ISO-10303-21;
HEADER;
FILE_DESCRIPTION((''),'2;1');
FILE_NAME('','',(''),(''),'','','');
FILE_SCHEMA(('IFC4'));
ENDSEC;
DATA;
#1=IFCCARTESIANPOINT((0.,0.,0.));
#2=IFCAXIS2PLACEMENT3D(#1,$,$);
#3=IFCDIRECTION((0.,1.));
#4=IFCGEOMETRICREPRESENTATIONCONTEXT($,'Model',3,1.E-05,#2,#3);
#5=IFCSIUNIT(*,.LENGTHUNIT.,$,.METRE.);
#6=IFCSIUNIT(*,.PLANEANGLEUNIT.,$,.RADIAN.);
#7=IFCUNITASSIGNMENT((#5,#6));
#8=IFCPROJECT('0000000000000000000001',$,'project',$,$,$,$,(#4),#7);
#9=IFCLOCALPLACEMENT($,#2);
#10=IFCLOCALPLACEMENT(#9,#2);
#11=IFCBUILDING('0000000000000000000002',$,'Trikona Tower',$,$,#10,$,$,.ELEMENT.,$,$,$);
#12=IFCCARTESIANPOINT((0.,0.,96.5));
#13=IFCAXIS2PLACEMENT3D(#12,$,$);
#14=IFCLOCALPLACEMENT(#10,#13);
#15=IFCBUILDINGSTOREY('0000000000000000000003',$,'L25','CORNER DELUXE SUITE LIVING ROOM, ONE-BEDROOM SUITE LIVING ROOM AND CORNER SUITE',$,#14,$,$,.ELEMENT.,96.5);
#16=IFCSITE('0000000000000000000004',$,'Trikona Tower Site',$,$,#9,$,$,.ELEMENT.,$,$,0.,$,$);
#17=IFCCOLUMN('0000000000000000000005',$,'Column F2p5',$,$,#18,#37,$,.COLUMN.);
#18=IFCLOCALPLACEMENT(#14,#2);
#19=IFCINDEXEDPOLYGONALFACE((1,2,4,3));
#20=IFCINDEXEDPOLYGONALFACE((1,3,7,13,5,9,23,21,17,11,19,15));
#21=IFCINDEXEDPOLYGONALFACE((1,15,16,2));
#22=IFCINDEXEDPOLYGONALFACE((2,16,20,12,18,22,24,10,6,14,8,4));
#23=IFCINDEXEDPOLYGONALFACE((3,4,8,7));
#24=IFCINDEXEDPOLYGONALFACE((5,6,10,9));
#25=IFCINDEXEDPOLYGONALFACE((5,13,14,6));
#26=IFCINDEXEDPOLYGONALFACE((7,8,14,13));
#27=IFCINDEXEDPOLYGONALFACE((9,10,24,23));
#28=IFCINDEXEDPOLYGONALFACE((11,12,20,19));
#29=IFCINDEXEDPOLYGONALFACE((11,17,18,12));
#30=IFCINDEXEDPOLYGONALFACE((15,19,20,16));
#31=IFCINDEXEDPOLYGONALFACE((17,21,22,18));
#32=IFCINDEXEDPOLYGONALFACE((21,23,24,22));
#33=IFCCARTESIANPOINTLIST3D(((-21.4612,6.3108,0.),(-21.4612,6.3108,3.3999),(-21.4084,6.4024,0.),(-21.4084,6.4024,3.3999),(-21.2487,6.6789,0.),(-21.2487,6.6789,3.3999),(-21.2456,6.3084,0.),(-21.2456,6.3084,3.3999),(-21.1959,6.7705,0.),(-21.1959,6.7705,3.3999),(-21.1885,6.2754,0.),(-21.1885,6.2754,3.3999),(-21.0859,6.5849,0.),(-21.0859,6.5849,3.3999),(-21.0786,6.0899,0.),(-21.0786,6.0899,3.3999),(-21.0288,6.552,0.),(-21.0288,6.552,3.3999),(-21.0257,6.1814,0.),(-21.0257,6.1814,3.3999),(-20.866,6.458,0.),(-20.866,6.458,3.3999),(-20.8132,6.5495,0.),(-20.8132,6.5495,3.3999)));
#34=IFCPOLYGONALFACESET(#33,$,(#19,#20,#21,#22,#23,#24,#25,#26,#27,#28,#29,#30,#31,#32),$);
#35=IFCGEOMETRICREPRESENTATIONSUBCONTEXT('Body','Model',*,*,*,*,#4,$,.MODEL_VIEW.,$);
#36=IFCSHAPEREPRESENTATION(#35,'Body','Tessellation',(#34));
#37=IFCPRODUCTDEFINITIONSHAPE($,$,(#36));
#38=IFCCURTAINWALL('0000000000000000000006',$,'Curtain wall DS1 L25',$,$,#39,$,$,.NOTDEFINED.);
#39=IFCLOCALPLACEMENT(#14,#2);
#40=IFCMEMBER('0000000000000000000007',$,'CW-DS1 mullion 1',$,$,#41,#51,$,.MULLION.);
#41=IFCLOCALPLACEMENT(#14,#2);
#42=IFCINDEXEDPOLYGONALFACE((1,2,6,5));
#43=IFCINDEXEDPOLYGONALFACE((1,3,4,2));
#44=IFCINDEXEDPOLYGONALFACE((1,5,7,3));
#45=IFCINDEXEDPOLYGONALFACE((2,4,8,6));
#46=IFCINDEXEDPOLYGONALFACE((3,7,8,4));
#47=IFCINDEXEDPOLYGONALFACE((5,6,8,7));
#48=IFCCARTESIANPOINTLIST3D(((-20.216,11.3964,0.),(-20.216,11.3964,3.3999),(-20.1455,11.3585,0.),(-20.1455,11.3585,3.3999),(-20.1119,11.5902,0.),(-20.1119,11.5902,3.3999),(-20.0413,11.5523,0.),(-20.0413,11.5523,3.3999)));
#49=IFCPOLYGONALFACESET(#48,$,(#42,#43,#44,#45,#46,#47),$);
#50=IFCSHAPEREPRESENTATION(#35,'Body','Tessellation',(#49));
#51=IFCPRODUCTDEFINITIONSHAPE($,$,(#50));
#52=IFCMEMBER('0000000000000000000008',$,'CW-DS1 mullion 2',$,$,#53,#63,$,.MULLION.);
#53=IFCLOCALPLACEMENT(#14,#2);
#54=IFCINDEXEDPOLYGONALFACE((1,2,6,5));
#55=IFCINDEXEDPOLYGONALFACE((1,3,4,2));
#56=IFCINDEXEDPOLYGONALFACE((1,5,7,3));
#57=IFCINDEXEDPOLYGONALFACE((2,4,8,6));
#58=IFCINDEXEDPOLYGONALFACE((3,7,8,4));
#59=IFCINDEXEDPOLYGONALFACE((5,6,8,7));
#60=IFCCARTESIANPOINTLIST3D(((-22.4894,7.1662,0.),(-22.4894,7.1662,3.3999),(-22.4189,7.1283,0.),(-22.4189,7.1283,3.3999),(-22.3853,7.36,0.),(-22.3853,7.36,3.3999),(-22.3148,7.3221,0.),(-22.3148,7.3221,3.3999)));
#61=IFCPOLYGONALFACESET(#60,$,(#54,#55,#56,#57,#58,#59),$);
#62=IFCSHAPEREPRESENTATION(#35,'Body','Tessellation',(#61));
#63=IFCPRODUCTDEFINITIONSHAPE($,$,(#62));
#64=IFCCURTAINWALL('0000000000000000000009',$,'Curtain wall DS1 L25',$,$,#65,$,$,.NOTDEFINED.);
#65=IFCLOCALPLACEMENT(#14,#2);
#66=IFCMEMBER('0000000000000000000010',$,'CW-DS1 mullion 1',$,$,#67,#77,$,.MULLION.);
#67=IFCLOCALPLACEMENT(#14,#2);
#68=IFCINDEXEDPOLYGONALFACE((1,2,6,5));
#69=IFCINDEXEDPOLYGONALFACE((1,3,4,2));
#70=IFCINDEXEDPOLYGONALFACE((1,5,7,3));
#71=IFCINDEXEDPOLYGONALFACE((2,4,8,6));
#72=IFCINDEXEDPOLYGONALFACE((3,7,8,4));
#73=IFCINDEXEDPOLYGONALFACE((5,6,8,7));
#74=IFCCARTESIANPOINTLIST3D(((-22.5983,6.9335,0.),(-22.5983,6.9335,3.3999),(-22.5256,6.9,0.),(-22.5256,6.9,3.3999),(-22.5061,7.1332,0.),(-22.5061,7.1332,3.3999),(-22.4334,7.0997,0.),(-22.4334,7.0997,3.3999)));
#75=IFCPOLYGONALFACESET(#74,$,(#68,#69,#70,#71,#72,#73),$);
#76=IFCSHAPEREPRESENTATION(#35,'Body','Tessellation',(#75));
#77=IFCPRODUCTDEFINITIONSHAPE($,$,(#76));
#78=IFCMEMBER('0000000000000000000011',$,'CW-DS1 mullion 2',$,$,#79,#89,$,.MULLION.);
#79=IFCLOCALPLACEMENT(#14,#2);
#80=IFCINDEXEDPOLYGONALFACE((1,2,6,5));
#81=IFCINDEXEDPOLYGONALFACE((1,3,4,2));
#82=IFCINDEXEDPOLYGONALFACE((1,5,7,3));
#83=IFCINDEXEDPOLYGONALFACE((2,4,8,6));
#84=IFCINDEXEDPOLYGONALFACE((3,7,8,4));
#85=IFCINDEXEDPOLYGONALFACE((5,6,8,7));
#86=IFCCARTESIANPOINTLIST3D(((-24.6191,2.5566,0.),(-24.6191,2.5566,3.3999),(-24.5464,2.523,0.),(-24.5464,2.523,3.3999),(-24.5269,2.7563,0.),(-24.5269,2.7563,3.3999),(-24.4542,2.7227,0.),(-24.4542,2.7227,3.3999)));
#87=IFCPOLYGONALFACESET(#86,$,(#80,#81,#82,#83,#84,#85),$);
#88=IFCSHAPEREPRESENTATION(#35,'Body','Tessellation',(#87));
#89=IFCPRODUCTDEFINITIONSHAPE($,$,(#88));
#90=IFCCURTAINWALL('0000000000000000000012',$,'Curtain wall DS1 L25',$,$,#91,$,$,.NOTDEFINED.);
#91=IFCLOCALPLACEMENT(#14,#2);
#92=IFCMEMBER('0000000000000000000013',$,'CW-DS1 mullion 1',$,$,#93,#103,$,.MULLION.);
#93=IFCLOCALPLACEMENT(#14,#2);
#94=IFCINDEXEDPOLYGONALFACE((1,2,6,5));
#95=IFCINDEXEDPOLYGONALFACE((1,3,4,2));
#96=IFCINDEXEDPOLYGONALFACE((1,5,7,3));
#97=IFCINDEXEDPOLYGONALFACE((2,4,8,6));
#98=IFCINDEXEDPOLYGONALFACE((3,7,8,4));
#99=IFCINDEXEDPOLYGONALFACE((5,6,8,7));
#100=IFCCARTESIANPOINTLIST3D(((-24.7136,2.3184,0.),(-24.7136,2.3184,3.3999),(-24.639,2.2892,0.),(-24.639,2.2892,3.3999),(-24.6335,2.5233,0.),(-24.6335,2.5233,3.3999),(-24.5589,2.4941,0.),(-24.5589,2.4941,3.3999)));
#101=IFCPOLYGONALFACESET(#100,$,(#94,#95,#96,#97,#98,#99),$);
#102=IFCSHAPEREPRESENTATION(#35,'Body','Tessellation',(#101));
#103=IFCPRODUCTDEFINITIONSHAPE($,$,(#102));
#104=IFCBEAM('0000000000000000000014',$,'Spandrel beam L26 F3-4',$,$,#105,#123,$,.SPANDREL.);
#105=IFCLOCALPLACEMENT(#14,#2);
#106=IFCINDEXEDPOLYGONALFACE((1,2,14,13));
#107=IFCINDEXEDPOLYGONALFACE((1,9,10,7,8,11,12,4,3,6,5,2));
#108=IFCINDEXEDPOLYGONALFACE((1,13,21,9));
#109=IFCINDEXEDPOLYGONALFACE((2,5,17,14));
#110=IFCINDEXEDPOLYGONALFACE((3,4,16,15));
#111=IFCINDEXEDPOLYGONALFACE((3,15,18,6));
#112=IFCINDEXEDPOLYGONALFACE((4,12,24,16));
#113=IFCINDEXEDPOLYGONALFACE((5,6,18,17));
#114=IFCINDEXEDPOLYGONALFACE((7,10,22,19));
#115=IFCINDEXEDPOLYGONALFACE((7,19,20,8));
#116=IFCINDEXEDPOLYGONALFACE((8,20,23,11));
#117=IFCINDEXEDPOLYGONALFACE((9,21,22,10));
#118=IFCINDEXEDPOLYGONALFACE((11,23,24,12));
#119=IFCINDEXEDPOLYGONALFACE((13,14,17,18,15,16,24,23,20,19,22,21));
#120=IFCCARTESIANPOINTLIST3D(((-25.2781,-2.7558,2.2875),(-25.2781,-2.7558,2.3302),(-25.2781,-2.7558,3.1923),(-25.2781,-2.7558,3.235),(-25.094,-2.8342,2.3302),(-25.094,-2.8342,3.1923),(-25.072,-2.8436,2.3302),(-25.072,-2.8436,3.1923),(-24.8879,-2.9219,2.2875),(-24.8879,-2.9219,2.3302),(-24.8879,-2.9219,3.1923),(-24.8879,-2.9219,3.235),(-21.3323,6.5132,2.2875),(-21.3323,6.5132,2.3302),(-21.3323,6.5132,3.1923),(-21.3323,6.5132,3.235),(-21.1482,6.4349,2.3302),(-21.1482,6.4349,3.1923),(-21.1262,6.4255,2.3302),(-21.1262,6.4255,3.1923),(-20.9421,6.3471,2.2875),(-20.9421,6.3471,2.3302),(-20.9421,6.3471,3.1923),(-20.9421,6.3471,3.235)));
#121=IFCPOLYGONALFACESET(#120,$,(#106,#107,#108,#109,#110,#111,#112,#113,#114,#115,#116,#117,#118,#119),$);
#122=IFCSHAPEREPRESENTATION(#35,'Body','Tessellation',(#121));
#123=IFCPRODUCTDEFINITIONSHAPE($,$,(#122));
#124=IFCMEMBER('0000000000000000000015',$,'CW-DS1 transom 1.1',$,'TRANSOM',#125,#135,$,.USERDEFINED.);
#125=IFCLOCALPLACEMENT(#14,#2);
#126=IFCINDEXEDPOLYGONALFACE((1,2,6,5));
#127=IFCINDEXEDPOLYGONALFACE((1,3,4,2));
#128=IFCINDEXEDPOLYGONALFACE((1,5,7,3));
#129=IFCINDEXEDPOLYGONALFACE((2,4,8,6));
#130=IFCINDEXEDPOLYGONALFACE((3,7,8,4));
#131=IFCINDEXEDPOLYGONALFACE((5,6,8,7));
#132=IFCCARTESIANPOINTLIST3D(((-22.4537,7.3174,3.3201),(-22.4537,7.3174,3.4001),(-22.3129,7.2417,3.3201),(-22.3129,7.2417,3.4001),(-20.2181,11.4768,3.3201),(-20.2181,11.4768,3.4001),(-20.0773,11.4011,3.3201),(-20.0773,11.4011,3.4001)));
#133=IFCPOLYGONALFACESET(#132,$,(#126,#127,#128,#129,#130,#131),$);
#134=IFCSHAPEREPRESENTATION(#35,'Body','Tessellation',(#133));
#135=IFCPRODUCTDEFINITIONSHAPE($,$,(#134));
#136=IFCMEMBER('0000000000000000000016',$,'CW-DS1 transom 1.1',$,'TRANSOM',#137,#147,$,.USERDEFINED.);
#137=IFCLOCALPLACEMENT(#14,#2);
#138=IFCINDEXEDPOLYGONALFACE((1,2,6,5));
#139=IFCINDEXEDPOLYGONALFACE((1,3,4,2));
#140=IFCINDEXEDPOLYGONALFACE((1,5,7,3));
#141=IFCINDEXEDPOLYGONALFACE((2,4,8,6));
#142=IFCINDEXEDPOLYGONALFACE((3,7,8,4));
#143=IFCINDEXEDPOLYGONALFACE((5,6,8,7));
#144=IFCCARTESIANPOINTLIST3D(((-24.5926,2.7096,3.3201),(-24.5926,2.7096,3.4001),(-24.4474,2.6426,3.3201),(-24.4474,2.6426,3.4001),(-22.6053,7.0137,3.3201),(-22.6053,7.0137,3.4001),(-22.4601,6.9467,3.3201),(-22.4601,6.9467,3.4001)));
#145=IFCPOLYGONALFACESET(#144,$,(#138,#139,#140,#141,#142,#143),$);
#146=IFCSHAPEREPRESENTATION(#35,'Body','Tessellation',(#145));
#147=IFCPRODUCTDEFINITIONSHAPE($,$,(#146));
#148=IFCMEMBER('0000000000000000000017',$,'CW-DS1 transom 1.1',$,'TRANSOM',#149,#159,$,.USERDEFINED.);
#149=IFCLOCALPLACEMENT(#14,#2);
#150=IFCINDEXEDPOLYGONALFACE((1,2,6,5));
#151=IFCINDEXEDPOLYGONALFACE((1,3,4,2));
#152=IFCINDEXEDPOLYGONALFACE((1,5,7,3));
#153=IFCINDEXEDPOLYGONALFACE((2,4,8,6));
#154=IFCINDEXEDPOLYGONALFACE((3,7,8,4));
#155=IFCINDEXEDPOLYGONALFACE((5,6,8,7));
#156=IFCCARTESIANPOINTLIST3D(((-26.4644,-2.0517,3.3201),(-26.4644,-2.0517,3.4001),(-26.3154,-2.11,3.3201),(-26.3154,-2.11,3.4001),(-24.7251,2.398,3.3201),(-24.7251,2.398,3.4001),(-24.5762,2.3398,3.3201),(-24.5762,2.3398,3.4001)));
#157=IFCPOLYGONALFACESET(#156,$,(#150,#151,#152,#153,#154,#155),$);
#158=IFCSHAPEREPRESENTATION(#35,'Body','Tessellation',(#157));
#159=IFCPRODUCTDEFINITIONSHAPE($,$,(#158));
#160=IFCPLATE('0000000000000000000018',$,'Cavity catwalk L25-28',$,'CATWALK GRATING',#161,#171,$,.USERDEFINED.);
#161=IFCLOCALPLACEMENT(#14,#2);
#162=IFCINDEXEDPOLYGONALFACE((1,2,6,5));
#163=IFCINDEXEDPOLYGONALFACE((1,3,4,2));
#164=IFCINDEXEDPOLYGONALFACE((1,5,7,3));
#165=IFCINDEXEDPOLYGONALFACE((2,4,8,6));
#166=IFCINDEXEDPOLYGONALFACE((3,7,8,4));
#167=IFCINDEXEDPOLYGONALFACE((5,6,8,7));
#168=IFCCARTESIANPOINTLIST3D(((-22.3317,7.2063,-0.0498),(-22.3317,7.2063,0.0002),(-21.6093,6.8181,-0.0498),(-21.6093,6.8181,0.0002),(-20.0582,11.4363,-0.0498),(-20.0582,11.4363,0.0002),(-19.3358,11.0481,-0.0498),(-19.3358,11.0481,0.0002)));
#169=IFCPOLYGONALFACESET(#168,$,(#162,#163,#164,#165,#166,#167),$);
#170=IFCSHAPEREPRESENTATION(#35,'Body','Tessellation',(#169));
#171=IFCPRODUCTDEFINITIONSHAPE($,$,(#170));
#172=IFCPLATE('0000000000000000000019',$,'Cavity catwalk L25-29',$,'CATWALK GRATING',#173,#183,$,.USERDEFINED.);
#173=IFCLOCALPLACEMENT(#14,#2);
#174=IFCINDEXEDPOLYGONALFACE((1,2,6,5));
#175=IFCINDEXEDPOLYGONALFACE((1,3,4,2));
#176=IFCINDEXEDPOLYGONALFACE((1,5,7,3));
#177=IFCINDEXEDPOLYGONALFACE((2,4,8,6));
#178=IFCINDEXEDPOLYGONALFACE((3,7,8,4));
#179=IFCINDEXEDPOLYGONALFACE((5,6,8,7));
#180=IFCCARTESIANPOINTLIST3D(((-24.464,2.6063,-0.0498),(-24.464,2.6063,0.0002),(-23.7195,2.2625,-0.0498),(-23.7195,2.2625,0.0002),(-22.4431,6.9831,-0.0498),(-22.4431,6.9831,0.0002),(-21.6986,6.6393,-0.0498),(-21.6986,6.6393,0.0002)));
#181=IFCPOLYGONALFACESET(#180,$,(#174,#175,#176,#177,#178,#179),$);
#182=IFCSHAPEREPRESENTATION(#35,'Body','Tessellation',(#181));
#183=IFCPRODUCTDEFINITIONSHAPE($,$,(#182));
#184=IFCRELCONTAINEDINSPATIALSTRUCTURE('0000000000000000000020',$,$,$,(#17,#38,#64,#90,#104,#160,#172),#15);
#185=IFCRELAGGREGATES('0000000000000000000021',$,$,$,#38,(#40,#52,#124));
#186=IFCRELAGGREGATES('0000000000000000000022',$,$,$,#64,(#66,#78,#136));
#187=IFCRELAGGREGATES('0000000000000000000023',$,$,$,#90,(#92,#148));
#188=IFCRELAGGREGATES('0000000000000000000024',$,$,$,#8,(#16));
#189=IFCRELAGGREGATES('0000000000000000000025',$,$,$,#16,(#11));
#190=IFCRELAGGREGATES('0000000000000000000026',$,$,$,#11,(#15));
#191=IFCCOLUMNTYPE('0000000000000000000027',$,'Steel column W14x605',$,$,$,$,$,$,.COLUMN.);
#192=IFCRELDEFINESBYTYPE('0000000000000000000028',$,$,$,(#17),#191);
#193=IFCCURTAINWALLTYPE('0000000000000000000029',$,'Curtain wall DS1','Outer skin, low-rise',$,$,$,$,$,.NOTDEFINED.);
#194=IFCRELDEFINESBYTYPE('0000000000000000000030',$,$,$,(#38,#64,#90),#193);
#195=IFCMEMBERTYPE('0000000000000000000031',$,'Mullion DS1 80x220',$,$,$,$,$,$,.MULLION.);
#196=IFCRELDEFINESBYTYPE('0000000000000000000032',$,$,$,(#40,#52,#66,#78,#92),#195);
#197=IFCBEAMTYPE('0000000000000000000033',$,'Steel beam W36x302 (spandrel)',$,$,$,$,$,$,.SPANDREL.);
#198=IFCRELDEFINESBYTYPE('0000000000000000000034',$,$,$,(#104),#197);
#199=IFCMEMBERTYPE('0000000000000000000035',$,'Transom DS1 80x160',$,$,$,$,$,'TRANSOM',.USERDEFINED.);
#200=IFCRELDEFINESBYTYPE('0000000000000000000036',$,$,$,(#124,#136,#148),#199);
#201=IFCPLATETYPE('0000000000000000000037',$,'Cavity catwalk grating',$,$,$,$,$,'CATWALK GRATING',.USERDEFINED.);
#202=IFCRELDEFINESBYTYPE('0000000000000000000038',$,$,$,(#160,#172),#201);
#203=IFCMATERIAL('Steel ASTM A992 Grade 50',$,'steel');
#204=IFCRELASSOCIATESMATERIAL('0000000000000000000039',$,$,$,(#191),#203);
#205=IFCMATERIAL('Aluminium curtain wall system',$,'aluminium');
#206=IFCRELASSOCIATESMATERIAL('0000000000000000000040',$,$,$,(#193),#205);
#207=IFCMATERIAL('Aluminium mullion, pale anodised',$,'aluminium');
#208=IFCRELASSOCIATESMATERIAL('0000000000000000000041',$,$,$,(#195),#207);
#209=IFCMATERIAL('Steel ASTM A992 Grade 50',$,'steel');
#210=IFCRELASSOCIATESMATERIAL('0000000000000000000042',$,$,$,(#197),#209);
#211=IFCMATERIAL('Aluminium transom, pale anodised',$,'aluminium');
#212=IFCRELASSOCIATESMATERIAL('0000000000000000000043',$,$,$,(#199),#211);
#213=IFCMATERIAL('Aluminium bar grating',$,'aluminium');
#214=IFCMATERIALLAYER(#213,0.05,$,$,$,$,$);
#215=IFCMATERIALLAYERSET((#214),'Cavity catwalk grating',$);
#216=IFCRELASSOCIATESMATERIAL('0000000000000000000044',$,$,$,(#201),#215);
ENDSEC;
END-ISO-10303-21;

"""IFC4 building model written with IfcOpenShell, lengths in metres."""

from ifc_helpers import new_model, si_unit, direction, frame, origin, origin_2d, place, context, subcontext, project, spatial, rectangle, i_section, extrude, material, layer, layer_set, material_profile, profile_set, type_object, element, aggregate, save


model = new_model("IFC4")

# Units and contexts
model_context = context("Model", 3, precision=1e-05, world=origin(), true_north=direction((0.0, 1.0)))
body_context = subcontext(model_context, "Body", "Model", "MODEL_VIEW")
ifc_project = project(units=[si_unit("LENGTHUNIT", "METRE"), si_unit("PLANEANGLEUNIT", "RADIAN")], contexts=[model_context])

# Site, building, storey
site_placement = place(None, origin())
site = spatial("IfcSite", under=ifc_project, at=site_placement, Name="Trikona Tower Site", CompositionType="ELEMENT", RefElevation=0.0)
building_placement = place(site_placement, origin())
building = spatial("IfcBuilding", under=site, at=building_placement, Name="Trikona Tower", CompositionType="ELEMENT")
storey_placement = place(building_placement, frame((0.0, 0.0, 96.5)))
storey = spatial("IfcBuildingStorey", under=building, at=storey_placement, Name="L25", Description="CORNER DELUXE SUITE LIVING ROOM, ONE-BEDROOM SUITE LIVING ROOM AND CORNER SUITE", CompositionType="ELEMENT", Elevation=96.5)

# Column
ifc_material_1 = material(Name="Steel ASTM A992 Grade 50", Category="steel")
ifc_material_profile_1 = material_profile(ifc_material_1, i_section(OverallWidth=0.4419, OverallDepth=0.5308, WebThickness=0.0659, FlangeThickness=0.1057, at=origin_2d()), Name="W14X605")
ifc_profile_set_1 = profile_set([ifc_material_profile_1], Name="Steel ASTM A992 Grade 50")
column_type = type_object("IfcColumnType", Name="Steel column W14x605", PredefinedType="COLUMN", material=ifc_profile_set_1)
column_placement = place(storey_placement, frame((-21.1372, 6.4302, 0.0), z_axis=(0.0, 0.0, 1.0), x_axis=(-0.866025, 0.5, 0.0)))
element("IfcColumn", 1, at=column_placement, inside=storey, type_object=column_type, Name="Column F2p5", PredefinedType="COLUMN", context=body_context, shape_type="SweptSolid", body=[
    extrude(i_section(OverallWidth=0.4419, OverallDepth=0.5308, WebThickness=0.0659, FlangeThickness=0.1057, at=origin_2d()), origin(), (0.0, 0.0, 1.0), 3.3999),
])

# Curtain walls, members
ifc_material_2 = material(Name="Aluminium curtain wall system", Category="aluminium")
curtain_wall_type = type_object("IfcCurtainWallType", Name="Curtain wall DS1", Description="Outer skin, low-rise", PredefinedType="NOTDEFINED", material=ifc_material_2)
curtain_wall_1_placement = place(storey_placement, origin())
curtain_wall_1 = element("IfcCurtainWall", 2, at=curtain_wall_1_placement, inside=storey, type_object=curtain_wall_type, Name="Curtain wall DS1 L25", PredefinedType="NOTDEFINED")
ifc_material_3 = material(Name="Aluminium mullion, pale anodised", Category="aluminium")
ifc_material_profile_2 = material_profile(ifc_material_3, rectangle(XDim=0.0801, YDim=0.22, at=origin_2d()), Name="MUL-DS1")
ifc_profile_set_2 = profile_set([ifc_material_profile_2], Name="Aluminium mullion, pale anodised")
member_type_1 = type_object("IfcMemberType", Name="Mullion DS1 80x220", PredefinedType="MULLION", material=ifc_profile_set_2)
member_1_placement = place(storey_placement, frame((-20.1287, 11.4744, 0.0), z_axis=(0.0, 0.0, 1.0), x_axis=(0.880843, -0.473408, 0.0)))
member_1 = element("IfcMember", 3, at=member_1_placement, type_object=member_type_1, Name="CW-DS1 mullion 1", PredefinedType="MULLION", context=body_context, shape_type="SweptSolid", body=[
    extrude(rectangle(XDim=0.0801, YDim=0.22, at=origin_2d()), origin(), (0.0, 0.0, 1.0), 3.3999),
])
member_2_placement = place(storey_placement, frame((-22.4021, 7.2441, 0.0), z_axis=(0.0, 0.0, 1.0), x_axis=(0.880843, -0.473408, 0.0)))
member_2 = element("IfcMember", 4, at=member_2_placement, type_object=member_type_1, Name="CW-DS1 mullion 2", PredefinedType="MULLION", context=body_context, shape_type="SweptSolid", body=[
    extrude(rectangle(XDim=0.0801, YDim=0.22, at=origin_2d()), origin(), (0.0, 0.0, 1.0), 3.3999),
])
curtain_wall_2_placement = place(storey_placement, origin())
curtain_wall_2 = element("IfcCurtainWall", 5, at=curtain_wall_2_placement, inside=storey, type_object=curtain_wall_type, Name="Curtain wall DS1 L25", PredefinedType="NOTDEFINED")
member_3_placement = place(storey_placement, frame((-22.5159, 7.0166, 0.0), z_axis=(0.0, 0.0, 1.0), x_axis=(0.907898, -0.41919, 0.0)))
member_3 = element("IfcMember", 6, at=member_3_placement, type_object=member_type_1, Name="CW-DS1 mullion 1", PredefinedType="MULLION", context=body_context, shape_type="SweptSolid", body=[
    extrude(rectangle(XDim=0.0801, YDim=0.22, at=origin_2d()), origin(), (0.0, 0.0, 1.0), 3.3999),
])
member_4_placement = place(storey_placement, frame((-24.5366, 2.6396, 0.0), z_axis=(0.0, 0.0, 1.0), x_axis=(0.907898, -0.41919, 0.0)))
member_4 = element("IfcMember", 7, at=member_4_placement, type_object=member_type_1, Name="CW-DS1 mullion 2", PredefinedType="MULLION", context=body_context, shape_type="SweptSolid", body=[
    extrude(rectangle(XDim=0.0801, YDim=0.22, at=origin_2d()), origin(), (0.0, 0.0, 1.0), 3.3999),
])

# Curtain wall, member
curtain_wall_3_placement = place(storey_placement, origin())
curtain_wall_3 = element("IfcCurtainWall", 8, at=curtain_wall_3_placement, inside=storey, type_object=curtain_wall_type, Name="Curtain wall DS1 L25", PredefinedType="NOTDEFINED")
member_5_placement = place(storey_placement, frame((-24.6362, 2.4062, 0.0), z_axis=(0.0, 0.0, 1.0), x_axis=(0.931396, -0.364008, 0.0)))
member_5 = element("IfcMember", 9, at=member_5_placement, type_object=member_type_1, Name="CW-DS1 mullion 1", PredefinedType="MULLION", context=body_context, shape_type="SweptSolid", body=[
    extrude(rectangle(XDim=0.0801, YDim=0.22, at=origin_2d()), origin(), (0.0, 0.0, 1.0), 3.3999),
])

# Beam
ifc_material_4 = material(Name="Steel ASTM A992 Grade 50", Category="steel")
ifc_material_profile_3 = material_profile(ifc_material_4, i_section(OverallWidth=0.4241, OverallDepth=0.9475, WebThickness=0.0239, FlangeThickness=0.0427, at=origin_2d()), Name="W36X302")
ifc_profile_set_3 = profile_set([ifc_material_profile_3], Name="Steel ASTM A992 Grade 50")
beam_type = type_object("IfcBeamType", Name="Steel beam W36x302 (spandrel)", PredefinedType="SPANDREL", material=ifc_profile_set_3)
beam_placement = place(storey_placement, frame((-21.1372, 6.4302, 2.7612), z_axis=(-0.391684, -0.9201, 0.0), x_axis=(0.9201, -0.391684, 0.0)))
element("IfcBeam", 10, at=beam_placement, inside=storey, type_object=beam_type, Name="Spandrel beam L26 F3-4", PredefinedType="SPANDREL", context=body_context, shape_type="SweptSolid", body=[
    extrude(i_section(OverallWidth=0.4241, OverallDepth=0.9475, WebThickness=0.0239, FlangeThickness=0.0427, at=origin_2d()), origin(), (0.0, 0.0, 1.0), 10.074),
])

# Members
ifc_material_5 = material(Name="Aluminium transom, pale anodised", Category="aluminium")
ifc_material_profile_4 = material_profile(ifc_material_5, rectangle(XDim=0.1599, YDim=0.0801, at=origin_2d()), Name="TRN-DS1")
ifc_profile_set_4 = profile_set([ifc_material_profile_4], Name="Aluminium transom, pale anodised")
member_type_2 = type_object("IfcMemberType", Name="Transom DS1 80x160", ElementType="TRANSOM", PredefinedType="USERDEFINED", material=ifc_profile_set_4)
member_6_placement = place(storey_placement, frame((-20.1477, 11.439, 3.3601), z_axis=(-0.473428, -0.880833, 0.0), x_axis=(0.880833, -0.473428, 0.0)))
member_6 = element("IfcMember", 11, at=member_6_placement, type_object=member_type_2, Name="CW-DS1 transom 1.1", ObjectType="TRANSOM", PredefinedType="USERDEFINED", context=body_context, shape_type="SweptSolid", body=[
    extrude(rectangle(XDim=0.1599, YDim=0.0801, at=origin_2d()), origin(), (0.0, 0.0, 1.0), 4.7222),
])
member_7_placement = place(storey_placement, frame((-22.5327, 6.9802, 3.3601), z_axis=(-0.419189, -0.907899, 0.0), x_axis=(0.907899, -0.419189, 0.0)))
member_7 = element("IfcMember", 12, at=member_7_placement, type_object=member_type_2, Name="CW-DS1 transom 1.1", ObjectType="TRANSOM", PredefinedType="USERDEFINED", context=body_context, shape_type="SweptSolid", body=[
    extrude(rectangle(XDim=0.1599, YDim=0.0801, at=origin_2d()), origin(), (0.0, 0.0, 1.0), 4.7407),
])
member_8_placement = place(storey_placement, frame((-24.6506, 2.3689, 3.3601), z_axis=(-0.364049, -0.93138, 0.0), x_axis=(0.93138, -0.364049, 0.0)))
member_8 = element("IfcMember", 13, at=member_8_placement, type_object=member_type_2, Name="CW-DS1 transom 1.1", ObjectType="TRANSOM", PredefinedType="USERDEFINED", context=body_context, shape_type="SweptSolid", body=[
    extrude(rectangle(XDim=0.1599, YDim=0.0801, at=origin_2d()), origin(), (0.0, 0.0, 1.0), 4.7776),
])

# Plates
ifc_material_6 = material(Name="Aluminium bar grating", Category="aluminium")
ifc_layer_1 = layer(ifc_material_6, 0.05)
ifc_layer_set_1 = layer_set([ifc_layer_1], Name="Cavity catwalk grating")
plate_type_1 = type_object("IfcPlateType", Name="Cavity catwalk grating", ElementType="CATWALK GRATING", PredefinedType="USERDEFINED", material=ifc_layer_set_1)
plate_1_placement = place(storey_placement, frame((-20.8337, 9.1272, -0.0498), z_axis=(0.0, 0.0, 1.0), x_axis=(-0.473423, -0.880835, 0.0)))
element("IfcPlate", 14, at=plate_1_placement, inside=storey, type_object=plate_type_1, Name="Cavity catwalk L25-28", ObjectType="CATWALK GRATING", PredefinedType="USERDEFINED", context=body_context, shape_type="SweptSolid", body=[
    extrude(rectangle(XDim=4.8022, YDim=0.8201, at=origin_2d()), origin(), (0.0, 0.0, 1.0), 0.05),
])
plate_2_placement = place(storey_placement, frame((-23.0813, 4.6228, -0.0498), z_axis=(0.0, 0.0, 1.0), x_axis=(-0.419194, -0.907897, 0.0)))
element("IfcPlate", 15, at=plate_2_placement, inside=storey, type_object=plate_type_1, Name="Cavity catwalk L25-29", ObjectType="CATWALK GRATING", PredefinedType="USERDEFINED", context=body_context, shape_type="SweptSolid", body=[
    extrude(rectangle(XDim=4.8208, YDim=0.8201, at=origin_2d()), origin(), (0.0, 0.0, 1.0), 0.05),
])

aggregate(curtain_wall_1, [member_1, member_2, member_6])
aggregate(curtain_wall_2, [member_3, member_4, member_7])
aggregate(curtain_wall_3, [member_5, member_8])

save(model, "model.ifc")
